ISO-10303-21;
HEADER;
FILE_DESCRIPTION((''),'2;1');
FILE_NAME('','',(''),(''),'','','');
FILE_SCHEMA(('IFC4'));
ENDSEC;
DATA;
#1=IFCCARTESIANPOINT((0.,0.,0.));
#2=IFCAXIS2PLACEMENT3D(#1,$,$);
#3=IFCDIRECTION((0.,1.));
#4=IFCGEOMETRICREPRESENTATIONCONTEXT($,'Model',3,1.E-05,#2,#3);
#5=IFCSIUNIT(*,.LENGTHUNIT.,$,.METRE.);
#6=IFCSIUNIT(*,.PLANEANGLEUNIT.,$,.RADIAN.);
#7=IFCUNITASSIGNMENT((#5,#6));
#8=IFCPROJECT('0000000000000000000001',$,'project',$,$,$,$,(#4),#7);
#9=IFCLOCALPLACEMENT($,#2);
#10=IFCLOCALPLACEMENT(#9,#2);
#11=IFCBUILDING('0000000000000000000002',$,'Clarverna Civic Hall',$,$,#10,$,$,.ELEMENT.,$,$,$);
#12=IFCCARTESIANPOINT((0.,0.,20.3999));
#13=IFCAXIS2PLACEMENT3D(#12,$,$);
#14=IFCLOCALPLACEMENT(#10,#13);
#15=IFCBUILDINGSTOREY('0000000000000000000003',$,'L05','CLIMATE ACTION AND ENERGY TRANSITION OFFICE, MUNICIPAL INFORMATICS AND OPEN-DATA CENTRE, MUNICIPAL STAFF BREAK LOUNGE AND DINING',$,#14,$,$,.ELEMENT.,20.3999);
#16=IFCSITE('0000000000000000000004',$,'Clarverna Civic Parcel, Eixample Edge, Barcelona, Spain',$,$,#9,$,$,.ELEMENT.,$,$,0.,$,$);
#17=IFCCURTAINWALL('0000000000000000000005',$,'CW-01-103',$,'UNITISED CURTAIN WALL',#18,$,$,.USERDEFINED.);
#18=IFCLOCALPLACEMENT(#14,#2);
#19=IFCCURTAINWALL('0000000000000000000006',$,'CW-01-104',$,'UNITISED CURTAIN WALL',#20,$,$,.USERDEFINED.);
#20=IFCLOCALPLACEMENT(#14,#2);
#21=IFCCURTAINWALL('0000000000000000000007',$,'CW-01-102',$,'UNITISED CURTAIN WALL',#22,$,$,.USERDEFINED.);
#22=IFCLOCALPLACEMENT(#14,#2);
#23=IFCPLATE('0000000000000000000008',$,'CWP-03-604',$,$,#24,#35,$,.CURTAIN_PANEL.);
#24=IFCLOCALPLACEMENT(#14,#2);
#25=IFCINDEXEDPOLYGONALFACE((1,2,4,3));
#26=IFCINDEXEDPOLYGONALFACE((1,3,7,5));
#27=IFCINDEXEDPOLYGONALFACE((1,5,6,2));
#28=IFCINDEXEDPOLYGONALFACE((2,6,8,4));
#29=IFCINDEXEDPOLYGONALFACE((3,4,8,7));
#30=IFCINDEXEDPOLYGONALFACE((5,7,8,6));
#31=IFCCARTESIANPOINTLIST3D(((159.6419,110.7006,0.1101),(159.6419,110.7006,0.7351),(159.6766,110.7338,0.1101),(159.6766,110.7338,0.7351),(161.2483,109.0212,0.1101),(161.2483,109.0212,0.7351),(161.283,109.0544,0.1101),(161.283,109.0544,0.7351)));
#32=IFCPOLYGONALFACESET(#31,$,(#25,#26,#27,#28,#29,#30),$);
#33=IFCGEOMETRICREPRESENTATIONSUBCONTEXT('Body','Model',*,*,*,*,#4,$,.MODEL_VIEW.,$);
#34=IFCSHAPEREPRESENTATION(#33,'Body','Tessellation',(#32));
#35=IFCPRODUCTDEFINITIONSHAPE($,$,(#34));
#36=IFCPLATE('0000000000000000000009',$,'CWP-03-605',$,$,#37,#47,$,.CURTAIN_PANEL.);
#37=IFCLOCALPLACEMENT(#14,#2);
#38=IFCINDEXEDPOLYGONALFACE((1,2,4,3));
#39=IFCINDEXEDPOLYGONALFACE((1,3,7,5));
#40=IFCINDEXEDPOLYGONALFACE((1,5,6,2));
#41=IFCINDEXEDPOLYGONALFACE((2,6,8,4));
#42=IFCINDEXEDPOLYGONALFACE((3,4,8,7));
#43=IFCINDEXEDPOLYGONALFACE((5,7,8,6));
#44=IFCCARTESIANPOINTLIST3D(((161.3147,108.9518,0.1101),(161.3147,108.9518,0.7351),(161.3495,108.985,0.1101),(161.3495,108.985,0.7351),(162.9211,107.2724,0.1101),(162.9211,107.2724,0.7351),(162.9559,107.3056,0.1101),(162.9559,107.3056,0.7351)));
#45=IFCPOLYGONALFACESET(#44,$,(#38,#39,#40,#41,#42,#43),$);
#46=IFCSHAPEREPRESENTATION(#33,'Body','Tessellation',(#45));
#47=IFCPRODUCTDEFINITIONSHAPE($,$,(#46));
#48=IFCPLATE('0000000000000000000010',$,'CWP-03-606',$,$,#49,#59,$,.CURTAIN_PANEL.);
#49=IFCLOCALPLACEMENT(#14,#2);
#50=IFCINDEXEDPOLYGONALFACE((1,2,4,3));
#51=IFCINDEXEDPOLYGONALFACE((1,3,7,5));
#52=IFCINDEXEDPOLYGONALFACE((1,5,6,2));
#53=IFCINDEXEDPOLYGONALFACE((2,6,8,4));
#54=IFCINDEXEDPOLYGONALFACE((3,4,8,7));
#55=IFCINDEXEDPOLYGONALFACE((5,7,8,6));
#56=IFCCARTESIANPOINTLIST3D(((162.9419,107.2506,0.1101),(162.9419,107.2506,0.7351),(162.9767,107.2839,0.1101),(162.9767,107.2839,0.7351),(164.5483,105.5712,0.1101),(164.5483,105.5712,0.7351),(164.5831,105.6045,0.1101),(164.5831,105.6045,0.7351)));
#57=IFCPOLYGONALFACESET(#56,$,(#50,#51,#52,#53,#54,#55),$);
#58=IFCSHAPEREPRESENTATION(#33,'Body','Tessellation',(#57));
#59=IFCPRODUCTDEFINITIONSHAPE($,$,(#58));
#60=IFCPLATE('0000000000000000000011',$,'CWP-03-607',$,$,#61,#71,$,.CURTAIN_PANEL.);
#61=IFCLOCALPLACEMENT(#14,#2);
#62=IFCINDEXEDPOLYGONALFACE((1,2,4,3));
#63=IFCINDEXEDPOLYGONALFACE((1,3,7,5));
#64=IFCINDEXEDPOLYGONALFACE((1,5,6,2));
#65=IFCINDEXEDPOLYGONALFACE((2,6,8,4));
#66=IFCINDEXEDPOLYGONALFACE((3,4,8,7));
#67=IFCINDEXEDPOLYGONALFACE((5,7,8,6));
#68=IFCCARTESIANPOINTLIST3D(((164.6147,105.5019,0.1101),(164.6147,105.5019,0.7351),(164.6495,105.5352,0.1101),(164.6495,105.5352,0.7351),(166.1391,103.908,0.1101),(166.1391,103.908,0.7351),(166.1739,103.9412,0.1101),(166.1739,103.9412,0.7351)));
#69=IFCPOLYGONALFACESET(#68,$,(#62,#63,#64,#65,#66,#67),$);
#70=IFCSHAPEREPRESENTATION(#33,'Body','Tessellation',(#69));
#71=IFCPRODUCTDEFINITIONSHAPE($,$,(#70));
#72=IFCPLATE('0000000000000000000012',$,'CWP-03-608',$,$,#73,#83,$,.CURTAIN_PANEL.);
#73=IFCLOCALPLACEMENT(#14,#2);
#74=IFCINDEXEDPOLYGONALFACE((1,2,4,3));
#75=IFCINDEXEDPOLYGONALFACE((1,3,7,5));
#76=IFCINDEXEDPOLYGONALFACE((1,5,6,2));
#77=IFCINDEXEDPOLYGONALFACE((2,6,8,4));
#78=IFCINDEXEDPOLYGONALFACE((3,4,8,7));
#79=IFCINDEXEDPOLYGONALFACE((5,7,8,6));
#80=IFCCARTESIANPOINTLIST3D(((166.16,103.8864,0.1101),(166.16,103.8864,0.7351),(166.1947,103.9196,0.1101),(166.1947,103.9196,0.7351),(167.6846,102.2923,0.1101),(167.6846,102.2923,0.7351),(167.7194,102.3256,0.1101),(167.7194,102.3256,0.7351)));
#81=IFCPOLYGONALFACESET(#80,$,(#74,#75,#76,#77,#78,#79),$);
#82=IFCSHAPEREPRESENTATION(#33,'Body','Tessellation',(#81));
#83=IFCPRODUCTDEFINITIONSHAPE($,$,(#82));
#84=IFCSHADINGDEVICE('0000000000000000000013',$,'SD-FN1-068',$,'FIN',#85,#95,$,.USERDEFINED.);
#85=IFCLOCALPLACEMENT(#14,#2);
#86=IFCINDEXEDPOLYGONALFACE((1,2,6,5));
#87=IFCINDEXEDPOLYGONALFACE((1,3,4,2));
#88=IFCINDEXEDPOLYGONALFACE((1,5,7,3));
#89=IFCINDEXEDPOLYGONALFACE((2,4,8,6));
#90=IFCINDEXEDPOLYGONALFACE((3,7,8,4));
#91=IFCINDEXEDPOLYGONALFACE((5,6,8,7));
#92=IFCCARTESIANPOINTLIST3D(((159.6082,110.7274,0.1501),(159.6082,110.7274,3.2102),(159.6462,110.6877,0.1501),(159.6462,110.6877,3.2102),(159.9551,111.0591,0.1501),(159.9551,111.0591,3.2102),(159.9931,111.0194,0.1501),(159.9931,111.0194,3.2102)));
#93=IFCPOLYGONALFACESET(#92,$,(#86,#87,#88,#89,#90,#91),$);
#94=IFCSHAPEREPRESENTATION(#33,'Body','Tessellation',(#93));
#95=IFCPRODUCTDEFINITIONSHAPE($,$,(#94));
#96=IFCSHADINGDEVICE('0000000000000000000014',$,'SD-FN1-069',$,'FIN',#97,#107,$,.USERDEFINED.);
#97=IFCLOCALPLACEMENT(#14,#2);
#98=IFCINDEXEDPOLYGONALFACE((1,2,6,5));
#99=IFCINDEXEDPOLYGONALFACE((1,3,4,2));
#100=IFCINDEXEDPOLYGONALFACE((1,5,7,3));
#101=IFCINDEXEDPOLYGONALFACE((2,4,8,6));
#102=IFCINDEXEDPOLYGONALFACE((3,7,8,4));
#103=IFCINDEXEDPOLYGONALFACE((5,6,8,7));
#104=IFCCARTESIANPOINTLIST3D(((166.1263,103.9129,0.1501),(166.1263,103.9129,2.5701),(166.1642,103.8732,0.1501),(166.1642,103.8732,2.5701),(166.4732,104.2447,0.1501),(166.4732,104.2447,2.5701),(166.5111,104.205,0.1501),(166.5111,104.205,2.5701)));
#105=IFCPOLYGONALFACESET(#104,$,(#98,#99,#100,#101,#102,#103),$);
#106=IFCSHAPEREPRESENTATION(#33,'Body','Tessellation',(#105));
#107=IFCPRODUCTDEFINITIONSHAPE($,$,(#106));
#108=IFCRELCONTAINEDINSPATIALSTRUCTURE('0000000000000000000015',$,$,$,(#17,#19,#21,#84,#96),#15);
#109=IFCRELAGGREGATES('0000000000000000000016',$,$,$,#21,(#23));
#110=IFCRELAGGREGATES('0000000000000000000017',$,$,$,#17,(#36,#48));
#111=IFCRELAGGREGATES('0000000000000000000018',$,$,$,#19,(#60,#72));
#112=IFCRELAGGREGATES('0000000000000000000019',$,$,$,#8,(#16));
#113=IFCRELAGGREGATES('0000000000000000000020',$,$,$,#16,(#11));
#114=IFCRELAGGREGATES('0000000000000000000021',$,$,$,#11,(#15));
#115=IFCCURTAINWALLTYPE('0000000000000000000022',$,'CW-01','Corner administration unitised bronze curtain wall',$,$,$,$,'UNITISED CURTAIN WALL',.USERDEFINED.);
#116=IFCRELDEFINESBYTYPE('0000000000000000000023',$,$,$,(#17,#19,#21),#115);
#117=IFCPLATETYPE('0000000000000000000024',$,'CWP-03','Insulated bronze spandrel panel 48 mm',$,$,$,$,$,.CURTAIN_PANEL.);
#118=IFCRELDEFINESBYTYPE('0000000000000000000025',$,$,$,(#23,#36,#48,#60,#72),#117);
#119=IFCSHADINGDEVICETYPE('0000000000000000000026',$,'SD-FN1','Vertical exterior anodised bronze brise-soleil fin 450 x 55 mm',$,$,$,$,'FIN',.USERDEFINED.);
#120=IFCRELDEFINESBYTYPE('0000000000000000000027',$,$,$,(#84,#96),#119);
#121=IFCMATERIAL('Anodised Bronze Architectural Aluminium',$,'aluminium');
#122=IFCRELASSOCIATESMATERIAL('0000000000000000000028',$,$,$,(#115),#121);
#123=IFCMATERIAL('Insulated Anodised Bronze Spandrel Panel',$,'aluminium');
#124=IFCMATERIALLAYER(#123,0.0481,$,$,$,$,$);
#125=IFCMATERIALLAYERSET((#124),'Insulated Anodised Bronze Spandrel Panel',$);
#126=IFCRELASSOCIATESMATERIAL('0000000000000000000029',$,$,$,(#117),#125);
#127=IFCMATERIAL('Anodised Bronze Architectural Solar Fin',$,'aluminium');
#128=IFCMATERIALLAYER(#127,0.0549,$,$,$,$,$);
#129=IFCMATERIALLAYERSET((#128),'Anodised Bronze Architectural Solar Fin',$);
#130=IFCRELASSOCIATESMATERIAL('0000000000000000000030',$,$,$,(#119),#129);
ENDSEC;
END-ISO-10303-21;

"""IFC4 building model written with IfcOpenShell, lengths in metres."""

from ifc_helpers import new_model, si_unit, direction, frame, frame_2d, origin, place, context, subcontext, project, spatial, rectangle, extrude, material, layer, layer_set, type_object, element, aggregate, save


model = new_model("IFC4")

# Units and contexts
model_context = context("Model", 3, precision=1e-05, world=origin(), true_north=direction((0.0, 1.0)))
body_context = subcontext(model_context, "Body", "Model", "MODEL_VIEW")
ifc_project = project(units=[si_unit("LENGTHUNIT", "METRE"), si_unit("PLANEANGLEUNIT", "RADIAN")], contexts=[model_context])

# Site, building, storey
site_placement = place(None, origin())
site = spatial("IfcSite", under=ifc_project, at=site_placement, Name="Clarverna Civic Parcel, Eixample Edge, Barcelona, Spain", CompositionType="ELEMENT", RefElevation=0.0)
building_placement = place(site_placement, origin())
building = spatial("IfcBuilding", under=site, at=building_placement, Name="Clarverna Civic Hall", CompositionType="ELEMENT")
storey_placement = place(building_placement, frame((0.0, 0.0, 20.3999)))
storey = spatial("IfcBuildingStorey", under=building, at=storey_placement, Name="L05", Description="CLIMATE ACTION AND ENERGY TRANSITION OFFICE, MUNICIPAL INFORMATICS AND OPEN-DATA CENTRE, MUNICIPAL STAFF BREAK LOUNGE AND DINING", CompositionType="ELEMENT", Elevation=20.3999)

# Curtain walls
ifc_material_1 = material(Name="Anodised Bronze Architectural Aluminium", Category="aluminium")
curtain_wall_type = type_object("IfcCurtainWallType", Name="CW-01", Description="Corner administration unitised bronze curtain wall", ElementType="UNITISED CURTAIN WALL", PredefinedType="USERDEFINED", material=ifc_material_1)
curtain_wall_1_placement = place(storey_placement, origin())
curtain_wall_1 = element("IfcCurtainWall", 1, at=curtain_wall_1_placement, inside=storey, type_object=curtain_wall_type, Name="CW-01-103", ObjectType="UNITISED CURTAIN WALL", PredefinedType="USERDEFINED")
curtain_wall_2_placement = place(storey_placement, origin())
curtain_wall_2 = element("IfcCurtainWall", 2, at=curtain_wall_2_placement, inside=storey, type_object=curtain_wall_type, Name="CW-01-104", ObjectType="UNITISED CURTAIN WALL", PredefinedType="USERDEFINED")
curtain_wall_3_placement = place(storey_placement, origin())
curtain_wall_3 = element("IfcCurtainWall", 3, at=curtain_wall_3_placement, inside=storey, type_object=curtain_wall_type, Name="CW-01-102", ObjectType="UNITISED CURTAIN WALL", PredefinedType="USERDEFINED")

# Plates
ifc_material_2 = material(Name="Insulated Anodised Bronze Spandrel Panel", Category="aluminium")
ifc_layer_1 = layer(ifc_material_2, 0.0481)
ifc_layer_set_1 = layer_set([ifc_layer_1], Name="Insulated Anodised Bronze Spandrel Panel")
plate_type_1 = type_object("IfcPlateType", Name="CWP-03", Description="Insulated bronze spandrel panel 48 mm", PredefinedType="CURTAIN_PANEL", material=ifc_layer_set_1)
plate_1_placement = place(storey_placement, frame((159.6592, 110.7173, 0.1101), z_axis=(0.0, 0.0, 1.0), x_axis=(0.691227, -0.722637, 0.0)))
plate_1 = element("IfcPlate", 4, at=plate_1_placement, type_object=plate_type_1, Name="CWP-03-604", PredefinedType="CURTAIN_PANEL", context=body_context, shape_type="SweptSolid", body=[
    extrude(rectangle(XDim=2.324, YDim=0.0481, at=frame_2d((1.1621, 0.0))), origin(), (0.0, 0.0, 1.0), 0.625),
])
aggregate(curtain_wall_3, [plate_1])
plate_2_placement = place(storey_placement, frame((161.332, 108.9685, 0.1101), z_axis=(0.0, 0.0, 1.0), x_axis=(0.691227, -0.722637, 0.0)))
plate_2 = element("IfcPlate", 5, at=plate_2_placement, type_object=plate_type_1, Name="CWP-03-605", PredefinedType="CURTAIN_PANEL", context=body_context, shape_type="SweptSolid", body=[
    extrude(rectangle(XDim=2.324, YDim=0.0481, at=frame_2d((1.1621, 0.0))), origin(), (0.0, 0.0, 1.0), 0.625),
])
plate_3_placement = place(storey_placement, frame((162.9592, 107.2673, 0.1101), z_axis=(0.0, 0.0, 1.0), x_axis=(0.691227, -0.722637, 0.0)))
plate_3 = element("IfcPlate", 6, at=plate_3_placement, type_object=plate_type_1, Name="CWP-03-606", PredefinedType="CURTAIN_PANEL", context=body_context, shape_type="SweptSolid", body=[
    extrude(rectangle(XDim=2.324, YDim=0.0481, at=frame_2d((1.1621, 0.0))), origin(), (0.0, 0.0, 1.0), 0.625),
])
aggregate(curtain_wall_1, [plate_2, plate_3])
plate_4_placement = place(storey_placement, frame((164.6321, 105.5186, 0.1101), z_axis=(0.0, 0.0, 1.0), x_axis=(0.691157, -0.722704, 0.0)))
plate_4 = element("IfcPlate", 7, at=plate_4_placement, type_object=plate_type_1, Name="CWP-03-607", PredefinedType="CURTAIN_PANEL", context=body_context, shape_type="SweptSolid", body=[
    extrude(rectangle(XDim=2.2056, YDim=0.0481, at=frame_2d((1.1028, 0.0))), origin(), (0.0, 0.0, 1.0), 0.625),
])
plate_5_placement = place(storey_placement, frame((166.1772, 103.9031, 0.1101), z_axis=(0.0, 0.0, 1.0), x_axis=(0.691215, -0.722649, 0.0)))
plate_5 = element("IfcPlate", 8, at=plate_5_placement, type_object=plate_type_1, Name="CWP-03-608", PredefinedType="CURTAIN_PANEL", context=body_context, shape_type="SweptSolid", body=[
    extrude(rectangle(XDim=2.2058, YDim=0.0481, at=frame_2d((1.103, 0.0))), origin(), (0.0, 0.0, 1.0), 0.625),
])
aggregate(curtain_wall_2, [plate_4, plate_5])

# Shading devices
ifc_material_3 = material(Name="Anodised Bronze Architectural Solar Fin", Category="aluminium")
ifc_layer_2 = layer(ifc_material_3, 0.0549)
ifc_layer_set_2 = layer_set([ifc_layer_2], Name="Anodised Bronze Architectural Solar Fin")
shading_device_type = type_object("IfcShadingDeviceType", Name="SD-FN1", Description="Vertical exterior anodised bronze brise-soleil fin 450 x 55 mm", ElementType="FIN", PredefinedType="USERDEFINED", material=ifc_layer_set_2)
shading_device_1_placement = place(storey_placement, frame((159.6272, 110.7075, 0.1501), z_axis=(0.0, 0.0, 1.0), x_axis=(0.722697, 0.691165, 0.0)))
element("IfcShadingDevice", 9, at=shading_device_1_placement, inside=storey, type_object=shading_device_type, Name="SD-FN1-068", ObjectType="FIN", PredefinedType="USERDEFINED", context=body_context, shape_type="SweptSolid", body=[
    extrude(rectangle(XDim=0.48, YDim=0.0549, at=frame_2d((0.24, 0.0))), origin(), (0.0, 0.0, 1.0), 3.0601),
])
shading_device_2_placement = place(storey_placement, frame((166.1453, 103.8931, 0.1501), z_axis=(0.0, 0.0, 1.0), x_axis=(0.722697, 0.691165, 0.0)))
element("IfcShadingDevice", 10, at=shading_device_2_placement, inside=storey, type_object=shading_device_type, Name="SD-FN1-069", ObjectType="FIN", PredefinedType="USERDEFINED", context=body_context, shape_type="SweptSolid", body=[
    extrude(rectangle(XDim=0.48, YDim=0.0549, at=frame_2d((0.24, 0.0))), origin(), (0.0, 0.0, 1.0), 2.4199),
])

save(model, "model.ifc")
